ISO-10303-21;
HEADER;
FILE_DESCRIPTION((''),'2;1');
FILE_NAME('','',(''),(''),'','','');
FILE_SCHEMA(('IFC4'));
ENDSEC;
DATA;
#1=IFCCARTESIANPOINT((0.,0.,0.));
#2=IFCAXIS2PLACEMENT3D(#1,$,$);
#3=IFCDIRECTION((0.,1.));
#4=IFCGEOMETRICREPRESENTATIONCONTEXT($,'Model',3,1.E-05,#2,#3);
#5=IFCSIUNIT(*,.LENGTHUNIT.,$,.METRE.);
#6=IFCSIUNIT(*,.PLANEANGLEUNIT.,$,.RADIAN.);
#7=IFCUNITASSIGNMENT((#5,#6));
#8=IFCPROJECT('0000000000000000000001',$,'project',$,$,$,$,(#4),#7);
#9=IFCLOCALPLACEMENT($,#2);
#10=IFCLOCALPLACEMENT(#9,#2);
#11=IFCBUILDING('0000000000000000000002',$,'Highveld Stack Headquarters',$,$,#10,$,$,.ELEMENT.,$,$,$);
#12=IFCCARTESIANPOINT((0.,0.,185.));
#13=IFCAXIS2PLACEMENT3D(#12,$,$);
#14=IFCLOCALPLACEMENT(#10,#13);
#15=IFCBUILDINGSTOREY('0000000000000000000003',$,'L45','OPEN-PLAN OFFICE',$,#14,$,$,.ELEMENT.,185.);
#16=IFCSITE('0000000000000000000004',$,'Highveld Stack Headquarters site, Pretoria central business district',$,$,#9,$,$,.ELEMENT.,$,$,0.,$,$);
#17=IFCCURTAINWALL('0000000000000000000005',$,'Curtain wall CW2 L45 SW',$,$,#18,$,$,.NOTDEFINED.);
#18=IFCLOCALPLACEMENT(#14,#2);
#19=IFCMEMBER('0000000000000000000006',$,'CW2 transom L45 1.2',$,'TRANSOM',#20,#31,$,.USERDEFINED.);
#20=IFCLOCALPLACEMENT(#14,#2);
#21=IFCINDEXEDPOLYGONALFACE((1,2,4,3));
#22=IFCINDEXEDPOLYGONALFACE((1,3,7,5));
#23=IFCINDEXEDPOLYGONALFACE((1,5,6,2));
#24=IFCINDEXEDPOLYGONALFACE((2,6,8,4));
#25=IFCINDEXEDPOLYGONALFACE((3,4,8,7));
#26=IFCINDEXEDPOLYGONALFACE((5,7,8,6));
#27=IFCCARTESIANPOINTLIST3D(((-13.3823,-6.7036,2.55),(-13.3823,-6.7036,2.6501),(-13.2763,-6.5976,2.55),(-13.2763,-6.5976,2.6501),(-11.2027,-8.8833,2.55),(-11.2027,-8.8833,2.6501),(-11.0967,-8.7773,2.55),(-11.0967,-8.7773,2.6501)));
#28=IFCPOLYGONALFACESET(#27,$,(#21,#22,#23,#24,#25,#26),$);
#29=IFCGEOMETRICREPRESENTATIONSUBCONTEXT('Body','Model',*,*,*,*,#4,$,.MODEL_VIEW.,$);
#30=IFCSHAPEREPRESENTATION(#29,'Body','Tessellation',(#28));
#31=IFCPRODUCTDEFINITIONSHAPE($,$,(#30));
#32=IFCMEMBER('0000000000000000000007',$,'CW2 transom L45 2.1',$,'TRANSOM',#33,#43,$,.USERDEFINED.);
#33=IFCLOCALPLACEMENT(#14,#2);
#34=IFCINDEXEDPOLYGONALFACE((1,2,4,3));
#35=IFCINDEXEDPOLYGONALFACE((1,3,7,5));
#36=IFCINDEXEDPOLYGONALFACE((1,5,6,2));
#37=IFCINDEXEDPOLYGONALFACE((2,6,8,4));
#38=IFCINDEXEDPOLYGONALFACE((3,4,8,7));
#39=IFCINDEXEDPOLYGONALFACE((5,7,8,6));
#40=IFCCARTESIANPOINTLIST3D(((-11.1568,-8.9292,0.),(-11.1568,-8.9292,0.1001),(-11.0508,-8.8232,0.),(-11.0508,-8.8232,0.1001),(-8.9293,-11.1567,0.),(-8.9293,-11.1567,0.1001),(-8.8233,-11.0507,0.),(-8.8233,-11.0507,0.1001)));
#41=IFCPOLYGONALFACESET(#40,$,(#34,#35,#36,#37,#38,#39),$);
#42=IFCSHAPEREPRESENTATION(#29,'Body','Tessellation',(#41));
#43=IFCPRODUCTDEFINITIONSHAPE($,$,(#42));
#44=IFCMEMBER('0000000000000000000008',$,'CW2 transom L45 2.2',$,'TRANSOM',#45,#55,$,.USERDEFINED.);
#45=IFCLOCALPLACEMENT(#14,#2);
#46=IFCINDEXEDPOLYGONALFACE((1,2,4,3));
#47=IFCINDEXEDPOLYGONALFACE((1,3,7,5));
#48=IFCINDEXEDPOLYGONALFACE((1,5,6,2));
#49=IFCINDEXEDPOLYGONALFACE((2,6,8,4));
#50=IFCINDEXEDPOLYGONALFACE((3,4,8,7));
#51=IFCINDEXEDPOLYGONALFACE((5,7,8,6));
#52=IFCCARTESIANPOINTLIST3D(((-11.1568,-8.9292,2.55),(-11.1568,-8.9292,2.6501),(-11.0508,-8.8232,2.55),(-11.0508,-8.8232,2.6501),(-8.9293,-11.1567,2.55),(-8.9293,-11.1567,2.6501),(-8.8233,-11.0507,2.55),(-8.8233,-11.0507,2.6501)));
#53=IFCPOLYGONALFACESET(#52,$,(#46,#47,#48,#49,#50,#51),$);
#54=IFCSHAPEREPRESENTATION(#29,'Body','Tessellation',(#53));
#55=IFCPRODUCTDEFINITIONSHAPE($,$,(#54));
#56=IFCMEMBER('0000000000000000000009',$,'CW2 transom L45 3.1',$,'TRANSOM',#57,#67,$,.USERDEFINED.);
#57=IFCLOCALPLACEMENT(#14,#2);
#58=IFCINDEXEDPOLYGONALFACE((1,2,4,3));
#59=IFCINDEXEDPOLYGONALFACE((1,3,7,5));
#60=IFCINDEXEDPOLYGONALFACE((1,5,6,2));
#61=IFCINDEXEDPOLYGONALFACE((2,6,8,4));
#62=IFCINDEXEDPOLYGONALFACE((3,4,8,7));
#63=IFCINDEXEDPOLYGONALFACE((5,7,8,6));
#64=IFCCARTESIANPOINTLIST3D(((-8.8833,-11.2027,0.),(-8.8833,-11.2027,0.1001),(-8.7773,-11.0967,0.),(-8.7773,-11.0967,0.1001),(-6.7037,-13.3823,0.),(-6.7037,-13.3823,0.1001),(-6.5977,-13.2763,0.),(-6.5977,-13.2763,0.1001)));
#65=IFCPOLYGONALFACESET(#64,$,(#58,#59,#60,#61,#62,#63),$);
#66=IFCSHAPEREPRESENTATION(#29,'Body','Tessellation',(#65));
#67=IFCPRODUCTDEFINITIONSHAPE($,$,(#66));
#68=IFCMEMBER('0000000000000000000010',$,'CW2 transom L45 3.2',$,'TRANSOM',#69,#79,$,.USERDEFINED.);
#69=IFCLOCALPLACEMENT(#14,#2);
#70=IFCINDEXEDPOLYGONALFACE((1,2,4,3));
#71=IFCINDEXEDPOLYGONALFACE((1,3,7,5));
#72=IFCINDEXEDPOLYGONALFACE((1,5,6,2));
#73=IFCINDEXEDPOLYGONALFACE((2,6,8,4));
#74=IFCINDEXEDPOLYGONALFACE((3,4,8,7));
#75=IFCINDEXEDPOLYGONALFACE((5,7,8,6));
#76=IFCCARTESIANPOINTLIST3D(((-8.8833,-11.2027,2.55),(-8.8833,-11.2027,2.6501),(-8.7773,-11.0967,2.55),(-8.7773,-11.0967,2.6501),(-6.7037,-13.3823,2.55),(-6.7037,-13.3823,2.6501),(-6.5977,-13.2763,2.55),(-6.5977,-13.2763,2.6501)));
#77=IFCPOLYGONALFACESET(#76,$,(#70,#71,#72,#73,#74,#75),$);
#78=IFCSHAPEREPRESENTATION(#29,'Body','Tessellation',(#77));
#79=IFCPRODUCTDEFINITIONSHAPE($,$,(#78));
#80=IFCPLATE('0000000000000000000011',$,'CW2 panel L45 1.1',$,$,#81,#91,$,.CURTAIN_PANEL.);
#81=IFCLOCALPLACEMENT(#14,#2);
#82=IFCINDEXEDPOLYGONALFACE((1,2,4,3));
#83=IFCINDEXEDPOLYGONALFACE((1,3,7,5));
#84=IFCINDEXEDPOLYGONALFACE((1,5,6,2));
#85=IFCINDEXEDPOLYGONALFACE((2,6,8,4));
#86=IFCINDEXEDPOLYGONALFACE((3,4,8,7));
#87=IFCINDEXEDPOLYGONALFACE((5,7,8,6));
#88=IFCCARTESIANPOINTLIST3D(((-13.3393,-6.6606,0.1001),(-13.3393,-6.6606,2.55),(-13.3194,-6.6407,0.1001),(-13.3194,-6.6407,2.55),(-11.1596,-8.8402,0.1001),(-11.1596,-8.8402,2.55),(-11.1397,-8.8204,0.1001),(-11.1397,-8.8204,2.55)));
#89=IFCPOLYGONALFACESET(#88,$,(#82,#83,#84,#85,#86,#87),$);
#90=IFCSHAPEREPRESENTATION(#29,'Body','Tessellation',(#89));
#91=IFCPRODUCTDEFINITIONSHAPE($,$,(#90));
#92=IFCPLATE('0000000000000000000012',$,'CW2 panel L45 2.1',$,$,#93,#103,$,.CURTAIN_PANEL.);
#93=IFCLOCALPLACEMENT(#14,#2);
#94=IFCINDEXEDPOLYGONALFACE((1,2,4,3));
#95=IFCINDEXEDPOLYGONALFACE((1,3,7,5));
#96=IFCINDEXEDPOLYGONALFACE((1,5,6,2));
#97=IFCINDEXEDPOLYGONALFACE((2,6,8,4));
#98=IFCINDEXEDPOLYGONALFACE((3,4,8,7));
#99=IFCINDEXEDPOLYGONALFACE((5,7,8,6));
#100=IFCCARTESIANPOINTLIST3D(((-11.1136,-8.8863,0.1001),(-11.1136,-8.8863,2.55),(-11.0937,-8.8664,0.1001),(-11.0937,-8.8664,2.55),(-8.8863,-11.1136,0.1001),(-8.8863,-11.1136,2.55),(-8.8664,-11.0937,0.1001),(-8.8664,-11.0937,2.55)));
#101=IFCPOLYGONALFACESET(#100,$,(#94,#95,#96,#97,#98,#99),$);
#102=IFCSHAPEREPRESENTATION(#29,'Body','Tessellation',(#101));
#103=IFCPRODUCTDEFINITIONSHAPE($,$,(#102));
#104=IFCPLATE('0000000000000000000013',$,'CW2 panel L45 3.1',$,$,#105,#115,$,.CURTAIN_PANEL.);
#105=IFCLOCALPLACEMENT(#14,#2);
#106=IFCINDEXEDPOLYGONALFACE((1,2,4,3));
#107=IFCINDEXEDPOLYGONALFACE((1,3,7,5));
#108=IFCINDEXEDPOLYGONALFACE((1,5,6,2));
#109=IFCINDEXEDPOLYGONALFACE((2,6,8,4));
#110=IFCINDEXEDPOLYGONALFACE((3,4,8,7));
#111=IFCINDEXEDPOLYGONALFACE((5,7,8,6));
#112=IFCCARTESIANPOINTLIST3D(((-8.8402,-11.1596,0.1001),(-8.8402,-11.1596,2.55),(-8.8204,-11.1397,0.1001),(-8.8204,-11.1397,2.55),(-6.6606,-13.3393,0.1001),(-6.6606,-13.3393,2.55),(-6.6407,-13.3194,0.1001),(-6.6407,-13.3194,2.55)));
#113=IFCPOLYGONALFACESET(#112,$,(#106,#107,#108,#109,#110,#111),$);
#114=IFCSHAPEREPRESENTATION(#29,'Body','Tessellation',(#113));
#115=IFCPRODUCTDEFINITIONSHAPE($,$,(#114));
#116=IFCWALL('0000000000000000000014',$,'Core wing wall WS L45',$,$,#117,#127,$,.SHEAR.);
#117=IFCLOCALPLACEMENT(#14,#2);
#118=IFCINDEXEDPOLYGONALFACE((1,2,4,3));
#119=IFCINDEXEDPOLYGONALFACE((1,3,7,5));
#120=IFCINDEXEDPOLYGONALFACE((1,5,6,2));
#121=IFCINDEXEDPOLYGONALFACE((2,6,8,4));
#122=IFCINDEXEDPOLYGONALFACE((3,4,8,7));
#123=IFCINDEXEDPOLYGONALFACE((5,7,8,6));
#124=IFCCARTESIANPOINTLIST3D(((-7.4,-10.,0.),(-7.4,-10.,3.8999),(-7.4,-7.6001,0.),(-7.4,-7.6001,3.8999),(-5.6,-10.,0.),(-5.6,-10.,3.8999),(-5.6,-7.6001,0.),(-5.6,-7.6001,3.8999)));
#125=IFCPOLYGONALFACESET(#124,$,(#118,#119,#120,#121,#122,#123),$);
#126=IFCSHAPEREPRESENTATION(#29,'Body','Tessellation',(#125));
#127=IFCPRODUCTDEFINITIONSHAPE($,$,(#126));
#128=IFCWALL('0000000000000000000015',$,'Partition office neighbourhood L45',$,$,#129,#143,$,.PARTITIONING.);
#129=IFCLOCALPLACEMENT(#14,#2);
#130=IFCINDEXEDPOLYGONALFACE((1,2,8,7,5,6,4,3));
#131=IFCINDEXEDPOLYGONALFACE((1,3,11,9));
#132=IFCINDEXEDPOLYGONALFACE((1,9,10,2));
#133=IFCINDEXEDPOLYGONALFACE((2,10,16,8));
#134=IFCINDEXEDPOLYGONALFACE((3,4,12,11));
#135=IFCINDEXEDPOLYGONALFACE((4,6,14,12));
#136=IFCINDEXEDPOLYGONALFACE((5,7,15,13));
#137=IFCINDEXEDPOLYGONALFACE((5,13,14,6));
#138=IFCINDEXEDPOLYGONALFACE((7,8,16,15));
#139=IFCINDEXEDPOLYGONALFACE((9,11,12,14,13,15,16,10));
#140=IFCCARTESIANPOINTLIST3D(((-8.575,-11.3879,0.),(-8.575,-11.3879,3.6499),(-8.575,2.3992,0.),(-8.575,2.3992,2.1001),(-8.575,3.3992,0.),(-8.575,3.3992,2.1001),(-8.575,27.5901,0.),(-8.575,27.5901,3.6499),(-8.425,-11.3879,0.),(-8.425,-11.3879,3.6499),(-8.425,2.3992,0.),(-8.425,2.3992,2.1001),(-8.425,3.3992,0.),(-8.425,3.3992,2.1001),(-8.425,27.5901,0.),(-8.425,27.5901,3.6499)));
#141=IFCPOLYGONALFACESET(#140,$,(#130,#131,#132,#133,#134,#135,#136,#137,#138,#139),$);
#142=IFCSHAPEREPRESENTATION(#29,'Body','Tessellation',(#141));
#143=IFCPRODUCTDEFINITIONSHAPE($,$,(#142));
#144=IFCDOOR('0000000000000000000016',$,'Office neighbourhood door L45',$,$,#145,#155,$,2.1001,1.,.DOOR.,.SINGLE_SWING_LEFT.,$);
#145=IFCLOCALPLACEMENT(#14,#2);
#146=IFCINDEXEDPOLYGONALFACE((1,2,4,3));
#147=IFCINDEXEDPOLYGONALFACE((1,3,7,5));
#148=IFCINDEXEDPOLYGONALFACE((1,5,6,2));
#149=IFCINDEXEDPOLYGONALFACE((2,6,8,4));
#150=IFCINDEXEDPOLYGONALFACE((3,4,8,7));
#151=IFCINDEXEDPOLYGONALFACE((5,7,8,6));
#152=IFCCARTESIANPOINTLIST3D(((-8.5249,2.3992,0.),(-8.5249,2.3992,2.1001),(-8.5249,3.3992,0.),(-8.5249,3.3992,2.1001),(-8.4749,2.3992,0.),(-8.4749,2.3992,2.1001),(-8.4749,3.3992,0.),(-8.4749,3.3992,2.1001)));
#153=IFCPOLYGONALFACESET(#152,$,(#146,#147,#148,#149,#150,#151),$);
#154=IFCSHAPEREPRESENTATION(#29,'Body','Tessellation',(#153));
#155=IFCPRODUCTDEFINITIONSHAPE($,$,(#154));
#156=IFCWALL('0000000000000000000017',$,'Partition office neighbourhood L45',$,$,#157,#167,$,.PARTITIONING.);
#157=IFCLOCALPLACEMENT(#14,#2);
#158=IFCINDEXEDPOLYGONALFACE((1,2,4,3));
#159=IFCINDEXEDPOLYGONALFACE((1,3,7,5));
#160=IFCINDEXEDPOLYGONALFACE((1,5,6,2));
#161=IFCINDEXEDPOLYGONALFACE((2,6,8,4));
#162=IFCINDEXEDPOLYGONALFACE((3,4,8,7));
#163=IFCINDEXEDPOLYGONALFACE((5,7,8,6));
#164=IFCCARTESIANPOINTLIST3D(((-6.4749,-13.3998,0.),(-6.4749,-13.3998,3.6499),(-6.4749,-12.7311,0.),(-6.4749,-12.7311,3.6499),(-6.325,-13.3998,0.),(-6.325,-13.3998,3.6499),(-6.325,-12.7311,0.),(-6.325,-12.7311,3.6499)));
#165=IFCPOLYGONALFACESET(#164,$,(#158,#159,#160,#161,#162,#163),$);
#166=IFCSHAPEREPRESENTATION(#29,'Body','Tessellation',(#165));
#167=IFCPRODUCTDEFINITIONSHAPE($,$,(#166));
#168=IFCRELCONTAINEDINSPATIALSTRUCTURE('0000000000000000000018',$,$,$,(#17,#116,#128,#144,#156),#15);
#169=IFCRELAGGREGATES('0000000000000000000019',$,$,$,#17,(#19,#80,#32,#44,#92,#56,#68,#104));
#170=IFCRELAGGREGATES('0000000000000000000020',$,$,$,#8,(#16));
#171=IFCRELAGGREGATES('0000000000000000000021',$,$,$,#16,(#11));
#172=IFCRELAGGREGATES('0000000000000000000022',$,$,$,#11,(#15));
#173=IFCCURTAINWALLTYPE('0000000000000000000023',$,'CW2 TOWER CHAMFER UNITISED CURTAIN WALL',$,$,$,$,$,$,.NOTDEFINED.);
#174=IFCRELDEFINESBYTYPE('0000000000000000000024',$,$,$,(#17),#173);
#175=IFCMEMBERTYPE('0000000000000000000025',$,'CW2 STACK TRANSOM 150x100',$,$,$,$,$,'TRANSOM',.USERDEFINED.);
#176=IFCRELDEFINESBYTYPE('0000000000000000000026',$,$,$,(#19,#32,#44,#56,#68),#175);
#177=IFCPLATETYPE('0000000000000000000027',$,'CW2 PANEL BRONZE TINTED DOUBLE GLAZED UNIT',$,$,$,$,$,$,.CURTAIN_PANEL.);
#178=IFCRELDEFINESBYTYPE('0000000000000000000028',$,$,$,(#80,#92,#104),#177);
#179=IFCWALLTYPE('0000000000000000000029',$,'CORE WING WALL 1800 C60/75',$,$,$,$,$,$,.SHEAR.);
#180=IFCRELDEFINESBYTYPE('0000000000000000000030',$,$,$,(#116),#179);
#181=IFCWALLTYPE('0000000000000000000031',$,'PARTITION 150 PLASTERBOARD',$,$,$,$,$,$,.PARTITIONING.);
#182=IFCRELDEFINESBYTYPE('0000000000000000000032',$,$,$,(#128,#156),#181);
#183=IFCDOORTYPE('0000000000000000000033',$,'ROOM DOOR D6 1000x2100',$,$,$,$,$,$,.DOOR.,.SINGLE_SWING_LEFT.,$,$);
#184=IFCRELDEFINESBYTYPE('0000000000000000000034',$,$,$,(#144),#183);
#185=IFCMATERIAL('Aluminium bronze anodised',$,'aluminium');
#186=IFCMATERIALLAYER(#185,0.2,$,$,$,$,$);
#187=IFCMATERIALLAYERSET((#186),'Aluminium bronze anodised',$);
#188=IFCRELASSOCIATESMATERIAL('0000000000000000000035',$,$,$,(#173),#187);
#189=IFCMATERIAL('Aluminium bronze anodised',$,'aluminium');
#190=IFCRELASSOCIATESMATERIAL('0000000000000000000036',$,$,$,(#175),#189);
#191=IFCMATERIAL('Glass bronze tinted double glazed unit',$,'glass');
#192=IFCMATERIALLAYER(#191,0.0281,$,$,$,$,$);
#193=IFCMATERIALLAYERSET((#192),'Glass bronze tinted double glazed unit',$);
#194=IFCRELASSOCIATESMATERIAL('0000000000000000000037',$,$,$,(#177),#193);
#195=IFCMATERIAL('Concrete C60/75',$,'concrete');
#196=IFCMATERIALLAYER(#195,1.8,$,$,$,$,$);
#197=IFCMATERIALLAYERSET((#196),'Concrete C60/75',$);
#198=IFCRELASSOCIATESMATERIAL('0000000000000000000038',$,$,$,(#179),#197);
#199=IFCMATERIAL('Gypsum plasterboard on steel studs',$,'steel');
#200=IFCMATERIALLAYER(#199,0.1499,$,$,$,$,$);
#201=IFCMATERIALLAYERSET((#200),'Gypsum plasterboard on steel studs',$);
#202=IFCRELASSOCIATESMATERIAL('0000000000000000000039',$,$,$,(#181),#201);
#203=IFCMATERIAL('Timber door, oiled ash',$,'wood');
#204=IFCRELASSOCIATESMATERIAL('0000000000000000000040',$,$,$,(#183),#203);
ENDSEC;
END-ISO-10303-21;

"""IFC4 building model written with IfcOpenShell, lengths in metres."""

from ifc_helpers import new_model, si_unit, direction, frame, frame_2d, origin, origin_2d, place, context, subcontext, project, spatial, rectangle, extrude, material, layer, layer_set, material_profile, profile_set, type_object, element, fill, aggregate, save


model = new_model("IFC4")

# Units and contexts
model_context = context("Model", 3, precision=1e-05, world=origin(), true_north=direction((0.0, 1.0)))
body_context = subcontext(model_context, "Body", "Model", "MODEL_VIEW")
ifc_project = project(units=[si_unit("LENGTHUNIT", "METRE"), si_unit("PLANEANGLEUNIT", "RADIAN")], contexts=[model_context])

# Site, building, storey
site_placement = place(None, origin())
site = spatial("IfcSite", under=ifc_project, at=site_placement, Name="Highveld Stack Headquarters site, Pretoria central business district", CompositionType="ELEMENT", RefElevation=0.0)
building_placement = place(site_placement, origin())
building = spatial("IfcBuilding", under=site, at=building_placement, Name="Highveld Stack Headquarters", CompositionType="ELEMENT")
storey_placement = place(building_placement, frame((0.0, 0.0, 185.0)))
storey = spatial("IfcBuildingStorey", under=building, at=storey_placement, Name="L45", Description="OPEN-PLAN OFFICE", CompositionType="ELEMENT", Elevation=185.0)

# Curtain wall, members, plates
ifc_material_1 = material(Name="Aluminium bronze anodised", Category="aluminium")
ifc_layer_1 = layer(ifc_material_1, 0.2)
ifc_layer_set_1 = layer_set([ifc_layer_1], Name="Aluminium bronze anodised")
curtain_wall_type_1 = type_object("IfcCurtainWallType", Name="CW2 TOWER CHAMFER UNITISED CURTAIN WALL", PredefinedType="NOTDEFINED", material=ifc_layer_set_1)
curtain_wall_1_placement = place(storey_placement, origin())
curtain_wall_1 = element("IfcCurtainWall", 1, at=curtain_wall_1_placement, inside=storey, type_object=curtain_wall_type_1, Name="Curtain wall CW2 L45 SW", PredefinedType="NOTDEFINED")
ifc_material_2 = material(Name="Aluminium bronze anodised", Category="aluminium")
ifc_material_profile_1 = material_profile(ifc_material_2, rectangle(XDim=0.1499, YDim=0.1001, at=origin_2d()), Name="CW2 TRANSOM 150x100")
ifc_profile_set_1 = profile_set([ifc_material_profile_1], Name="Aluminium bronze anodised")
member_type_1 = type_object("IfcMemberType", Name="CW2 STACK TRANSOM 150x100", ElementType="TRANSOM", PredefinedType="USERDEFINED", material=ifc_profile_set_1)
member_1_placement = place(storey_placement, frame((-13.3293, -6.6506, 2.6001), z_axis=(0.707107, -0.707107, 0.0), x_axis=(0.707107, 0.707107, 0.0)))
member_1 = element("IfcMember", 2, at=member_1_placement, type_object=member_type_1, Name="CW2 transom L45 1.2", ObjectType="TRANSOM", PredefinedType="USERDEFINED", context=body_context, shape_type="SweptSolid", body=[
    extrude(rectangle(XDim=0.1499, YDim=0.1001, at=origin_2d()), origin(), (0.0, 0.0, 1.0), 3.0825),
])
member_2_placement = place(storey_placement, frame((-11.1038, -8.8762, 0.05), z_axis=(0.707107, -0.707107, 0.0), x_axis=(0.707107, 0.707107, 0.0)))
member_2 = element("IfcMember", 3, at=member_2_placement, type_object=member_type_1, Name="CW2 transom L45 2.1", ObjectType="TRANSOM", PredefinedType="USERDEFINED", context=body_context, shape_type="SweptSolid", body=[
    extrude(rectangle(XDim=0.1499, YDim=0.1001, at=origin_2d()), origin(), (0.0, 0.0, 1.0), 3.1501),
])
member_3_placement = place(storey_placement, frame((-11.1038, -8.8762, 2.6001), z_axis=(0.707107, -0.707107, 0.0), x_axis=(0.707107, 0.707107, 0.0)))
member_3 = element("IfcMember", 4, at=member_3_placement, type_object=member_type_1, Name="CW2 transom L45 2.2", ObjectType="TRANSOM", PredefinedType="USERDEFINED", context=body_context, shape_type="SweptSolid", body=[
    extrude(rectangle(XDim=0.1499, YDim=0.1001, at=origin_2d()), origin(), (0.0, 0.0, 1.0), 3.1501),
])
member_4_placement = place(storey_placement, frame((-8.8303, -11.1497, 0.05), z_axis=(0.707107, -0.707107, 0.0), x_axis=(0.707107, 0.707107, 0.0)))
member_4 = element("IfcMember", 5, at=member_4_placement, type_object=member_type_1, Name="CW2 transom L45 3.1", ObjectType="TRANSOM", PredefinedType="USERDEFINED", context=body_context, shape_type="SweptSolid", body=[
    extrude(rectangle(XDim=0.1499, YDim=0.1001, at=origin_2d()), origin(), (0.0, 0.0, 1.0), 3.0825),
])
member_5_placement = place(storey_placement, frame((-8.8303, -11.1497, 2.6001), z_axis=(0.707107, -0.707107, 0.0), x_axis=(0.707107, 0.707107, 0.0)))
member_5 = element("IfcMember", 6, at=member_5_placement, type_object=member_type_1, Name="CW2 transom L45 3.2", ObjectType="TRANSOM", PredefinedType="USERDEFINED", context=body_context, shape_type="SweptSolid", body=[
    extrude(rectangle(XDim=0.1499, YDim=0.1001, at=origin_2d()), origin(), (0.0, 0.0, 1.0), 3.0825),
])
ifc_material_3 = material(Name="Glass bronze tinted double glazed unit", Category="glass")
ifc_layer_2 = layer(ifc_material_3, 0.0281)
ifc_layer_set_2 = layer_set([ifc_layer_2], Name="Glass bronze tinted double glazed unit")
plate_type = type_object("IfcPlateType", Name="CW2 PANEL BRONZE TINTED DOUBLE GLAZED UNIT", PredefinedType="CURTAIN_PANEL", material=ifc_layer_set_2)
plate_1_placement = place(storey_placement, frame((-12.2395, -7.7405, 0.1001), z_axis=(0.0, 0.0, 1.0), x_axis=(0.707107, -0.707107, 0.0)))
plate_1 = element("IfcPlate", 7, at=plate_1_placement, type_object=plate_type, Name="CW2 panel L45 1.1", PredefinedType="CURTAIN_PANEL", context=body_context, shape_type="SweptSolid", body=[
    extrude(rectangle(XDim=3.0825, YDim=0.0281, at=origin_2d()), origin(), (0.0, 0.0, 1.0), 2.45),
])
plate_2_placement = place(storey_placement, frame((-9.99, -9.99, 0.1001), z_axis=(0.0, 0.0, 1.0), x_axis=(0.707107, -0.707107, 0.0)))
plate_2 = element("IfcPlate", 8, at=plate_2_placement, type_object=plate_type, Name="CW2 panel L45 2.1", PredefinedType="CURTAIN_PANEL", context=body_context, shape_type="SweptSolid", body=[
    extrude(rectangle(XDim=3.1499, YDim=0.0281, at=origin_2d()), origin(), (0.0, 0.0, 1.0), 2.45),
])
plate_3_placement = place(storey_placement, frame((-7.7405, -12.2395, 0.1001), z_axis=(0.0, 0.0, 1.0), x_axis=(0.707107, -0.707107, 0.0)))
plate_3 = element("IfcPlate", 9, at=plate_3_placement, type_object=plate_type, Name="CW2 panel L45 3.1", PredefinedType="CURTAIN_PANEL", context=body_context, shape_type="SweptSolid", body=[
    extrude(rectangle(XDim=3.0825, YDim=0.0281, at=origin_2d()), origin(), (0.0, 0.0, 1.0), 2.45),
])
aggregate(curtain_wall_1, [member_1, plate_1, member_2, member_3, plate_2, member_4, member_5, plate_3])

# Wall
ifc_material_4 = material(Name="Concrete C60/75", Category="concrete")
ifc_layer_3 = layer(ifc_material_4, 1.8)
ifc_layer_set_3 = layer_set([ifc_layer_3], Name="Concrete C60/75")
wall_type_1 = type_object("IfcWallType", Name="CORE WING WALL 1800 C60/75", PredefinedType="SHEAR", material=ifc_layer_set_3)
wall_1_placement = place(storey_placement, frame((-6.5, -10.0, 0.0), z_axis=(0.0, 0.0, 1.0), x_axis=(0.0, 1.0, 0.0)))
element("IfcWall", 10, at=wall_1_placement, inside=storey, type_object=wall_type_1, Name="Core wing wall WS L45", PredefinedType="SHEAR", context=body_context, shape_type="SweptSolid", body=[
    extrude(rectangle(XDim=2.3999, YDim=1.8, at=frame_2d((1.2, 0.0))), origin(), (0.0, 0.0, 1.0), 3.8999),
])

# Wall, opening, door
ifc_material_5 = material(Name="Gypsum plasterboard on steel studs", Category="steel")
ifc_layer_4 = layer(ifc_material_5, 0.1499)
ifc_layer_set_4 = layer_set([ifc_layer_4], Name="Gypsum plasterboard on steel studs")
wall_type_2 = type_object("IfcWallType", Name="PARTITION 150 PLASTERBOARD", PredefinedType="PARTITIONING", material=ifc_layer_set_4)
wall_2_placement = place(storey_placement, frame((-8.5, -11.3879, 0.0), z_axis=(0.0, 0.0, 1.0), x_axis=(0.0, 1.0, 0.0)))
wall_2 = element("IfcWall", 11, at=wall_2_placement, inside=storey, type_object=wall_type_2, Name="Partition office neighbourhood L45", PredefinedType="PARTITIONING", context=body_context, shape_type="SweptSolid", body=[
    extrude(rectangle(XDim=38.978, YDim=0.1499, at=frame_2d((19.489, 0.0))), origin(), (0.0, 0.0, 1.0), 3.6499),
])
opening_1_placement = place(wall_2_placement, frame((13.7871, 0.0, 0.0)))
opening_1 = element("IfcOpeningElement", 12, at=opening_1_placement, cuts=wall_2, PredefinedType="OPENING", context=body_context, shape_type="SweptSolid", body=[
    extrude(rectangle(XDim=1.0, YDim=2.1001, at=frame_2d((0.5, 1.05))), frame((0.0, 0.085, 0.0), z_axis=(0.0, -1.0, 0.0), x_axis=(1.0, 0.0, 0.0)), (0.0, 0.0, 1.0), 0.1699),
])
ifc_material_6 = material(Name="Timber door, oiled ash", Category="wood")
door_type_1 = type_object("IfcDoorType", Name="ROOM DOOR D6 1000x2100", OperationType="SINGLE_SWING_LEFT", PredefinedType="DOOR", material=ifc_material_6)
door_1_placement = place(opening_1_placement, origin())
door_1 = element("IfcDoor", 13, at=door_1_placement, inside=storey, type_object=door_type_1, Name="Office neighbourhood door L45", OperationType="SINGLE_SWING_LEFT", OverallHeight=2.1001, OverallWidth=1.0, PredefinedType="DOOR", context=body_context, shape_type="SweptSolid", body=[
    extrude(rectangle(XDim=1.0, YDim=2.1001, at=frame_2d((0.5, 1.05))), frame((0.0, 0.0249, 0.0), z_axis=(0.0, -1.0, 0.0), x_axis=(1.0, 0.0, 0.0)), (0.0, 0.0, 1.0), 0.05),
])
fill(opening_1, door_1)

# Wall
wall_3_placement = place(storey_placement, frame((-6.3999, -13.3999, 0.0), z_axis=(0.0, 0.0, 1.0), x_axis=(0.0, 1.0, 0.0)))
element("IfcWall", 14, at=wall_3_placement, inside=storey, type_object=wall_type_2, Name="Partition office neighbourhood L45", PredefinedType="PARTITIONING", context=body_context, shape_type="SweptSolid", body=[
    extrude(rectangle(XDim=0.6687, YDim=0.1499, at=frame_2d((0.3345, 0.0))), origin(), (0.0, 0.0, 1.0), 3.6499),
])

save(model, "model.ifc")
